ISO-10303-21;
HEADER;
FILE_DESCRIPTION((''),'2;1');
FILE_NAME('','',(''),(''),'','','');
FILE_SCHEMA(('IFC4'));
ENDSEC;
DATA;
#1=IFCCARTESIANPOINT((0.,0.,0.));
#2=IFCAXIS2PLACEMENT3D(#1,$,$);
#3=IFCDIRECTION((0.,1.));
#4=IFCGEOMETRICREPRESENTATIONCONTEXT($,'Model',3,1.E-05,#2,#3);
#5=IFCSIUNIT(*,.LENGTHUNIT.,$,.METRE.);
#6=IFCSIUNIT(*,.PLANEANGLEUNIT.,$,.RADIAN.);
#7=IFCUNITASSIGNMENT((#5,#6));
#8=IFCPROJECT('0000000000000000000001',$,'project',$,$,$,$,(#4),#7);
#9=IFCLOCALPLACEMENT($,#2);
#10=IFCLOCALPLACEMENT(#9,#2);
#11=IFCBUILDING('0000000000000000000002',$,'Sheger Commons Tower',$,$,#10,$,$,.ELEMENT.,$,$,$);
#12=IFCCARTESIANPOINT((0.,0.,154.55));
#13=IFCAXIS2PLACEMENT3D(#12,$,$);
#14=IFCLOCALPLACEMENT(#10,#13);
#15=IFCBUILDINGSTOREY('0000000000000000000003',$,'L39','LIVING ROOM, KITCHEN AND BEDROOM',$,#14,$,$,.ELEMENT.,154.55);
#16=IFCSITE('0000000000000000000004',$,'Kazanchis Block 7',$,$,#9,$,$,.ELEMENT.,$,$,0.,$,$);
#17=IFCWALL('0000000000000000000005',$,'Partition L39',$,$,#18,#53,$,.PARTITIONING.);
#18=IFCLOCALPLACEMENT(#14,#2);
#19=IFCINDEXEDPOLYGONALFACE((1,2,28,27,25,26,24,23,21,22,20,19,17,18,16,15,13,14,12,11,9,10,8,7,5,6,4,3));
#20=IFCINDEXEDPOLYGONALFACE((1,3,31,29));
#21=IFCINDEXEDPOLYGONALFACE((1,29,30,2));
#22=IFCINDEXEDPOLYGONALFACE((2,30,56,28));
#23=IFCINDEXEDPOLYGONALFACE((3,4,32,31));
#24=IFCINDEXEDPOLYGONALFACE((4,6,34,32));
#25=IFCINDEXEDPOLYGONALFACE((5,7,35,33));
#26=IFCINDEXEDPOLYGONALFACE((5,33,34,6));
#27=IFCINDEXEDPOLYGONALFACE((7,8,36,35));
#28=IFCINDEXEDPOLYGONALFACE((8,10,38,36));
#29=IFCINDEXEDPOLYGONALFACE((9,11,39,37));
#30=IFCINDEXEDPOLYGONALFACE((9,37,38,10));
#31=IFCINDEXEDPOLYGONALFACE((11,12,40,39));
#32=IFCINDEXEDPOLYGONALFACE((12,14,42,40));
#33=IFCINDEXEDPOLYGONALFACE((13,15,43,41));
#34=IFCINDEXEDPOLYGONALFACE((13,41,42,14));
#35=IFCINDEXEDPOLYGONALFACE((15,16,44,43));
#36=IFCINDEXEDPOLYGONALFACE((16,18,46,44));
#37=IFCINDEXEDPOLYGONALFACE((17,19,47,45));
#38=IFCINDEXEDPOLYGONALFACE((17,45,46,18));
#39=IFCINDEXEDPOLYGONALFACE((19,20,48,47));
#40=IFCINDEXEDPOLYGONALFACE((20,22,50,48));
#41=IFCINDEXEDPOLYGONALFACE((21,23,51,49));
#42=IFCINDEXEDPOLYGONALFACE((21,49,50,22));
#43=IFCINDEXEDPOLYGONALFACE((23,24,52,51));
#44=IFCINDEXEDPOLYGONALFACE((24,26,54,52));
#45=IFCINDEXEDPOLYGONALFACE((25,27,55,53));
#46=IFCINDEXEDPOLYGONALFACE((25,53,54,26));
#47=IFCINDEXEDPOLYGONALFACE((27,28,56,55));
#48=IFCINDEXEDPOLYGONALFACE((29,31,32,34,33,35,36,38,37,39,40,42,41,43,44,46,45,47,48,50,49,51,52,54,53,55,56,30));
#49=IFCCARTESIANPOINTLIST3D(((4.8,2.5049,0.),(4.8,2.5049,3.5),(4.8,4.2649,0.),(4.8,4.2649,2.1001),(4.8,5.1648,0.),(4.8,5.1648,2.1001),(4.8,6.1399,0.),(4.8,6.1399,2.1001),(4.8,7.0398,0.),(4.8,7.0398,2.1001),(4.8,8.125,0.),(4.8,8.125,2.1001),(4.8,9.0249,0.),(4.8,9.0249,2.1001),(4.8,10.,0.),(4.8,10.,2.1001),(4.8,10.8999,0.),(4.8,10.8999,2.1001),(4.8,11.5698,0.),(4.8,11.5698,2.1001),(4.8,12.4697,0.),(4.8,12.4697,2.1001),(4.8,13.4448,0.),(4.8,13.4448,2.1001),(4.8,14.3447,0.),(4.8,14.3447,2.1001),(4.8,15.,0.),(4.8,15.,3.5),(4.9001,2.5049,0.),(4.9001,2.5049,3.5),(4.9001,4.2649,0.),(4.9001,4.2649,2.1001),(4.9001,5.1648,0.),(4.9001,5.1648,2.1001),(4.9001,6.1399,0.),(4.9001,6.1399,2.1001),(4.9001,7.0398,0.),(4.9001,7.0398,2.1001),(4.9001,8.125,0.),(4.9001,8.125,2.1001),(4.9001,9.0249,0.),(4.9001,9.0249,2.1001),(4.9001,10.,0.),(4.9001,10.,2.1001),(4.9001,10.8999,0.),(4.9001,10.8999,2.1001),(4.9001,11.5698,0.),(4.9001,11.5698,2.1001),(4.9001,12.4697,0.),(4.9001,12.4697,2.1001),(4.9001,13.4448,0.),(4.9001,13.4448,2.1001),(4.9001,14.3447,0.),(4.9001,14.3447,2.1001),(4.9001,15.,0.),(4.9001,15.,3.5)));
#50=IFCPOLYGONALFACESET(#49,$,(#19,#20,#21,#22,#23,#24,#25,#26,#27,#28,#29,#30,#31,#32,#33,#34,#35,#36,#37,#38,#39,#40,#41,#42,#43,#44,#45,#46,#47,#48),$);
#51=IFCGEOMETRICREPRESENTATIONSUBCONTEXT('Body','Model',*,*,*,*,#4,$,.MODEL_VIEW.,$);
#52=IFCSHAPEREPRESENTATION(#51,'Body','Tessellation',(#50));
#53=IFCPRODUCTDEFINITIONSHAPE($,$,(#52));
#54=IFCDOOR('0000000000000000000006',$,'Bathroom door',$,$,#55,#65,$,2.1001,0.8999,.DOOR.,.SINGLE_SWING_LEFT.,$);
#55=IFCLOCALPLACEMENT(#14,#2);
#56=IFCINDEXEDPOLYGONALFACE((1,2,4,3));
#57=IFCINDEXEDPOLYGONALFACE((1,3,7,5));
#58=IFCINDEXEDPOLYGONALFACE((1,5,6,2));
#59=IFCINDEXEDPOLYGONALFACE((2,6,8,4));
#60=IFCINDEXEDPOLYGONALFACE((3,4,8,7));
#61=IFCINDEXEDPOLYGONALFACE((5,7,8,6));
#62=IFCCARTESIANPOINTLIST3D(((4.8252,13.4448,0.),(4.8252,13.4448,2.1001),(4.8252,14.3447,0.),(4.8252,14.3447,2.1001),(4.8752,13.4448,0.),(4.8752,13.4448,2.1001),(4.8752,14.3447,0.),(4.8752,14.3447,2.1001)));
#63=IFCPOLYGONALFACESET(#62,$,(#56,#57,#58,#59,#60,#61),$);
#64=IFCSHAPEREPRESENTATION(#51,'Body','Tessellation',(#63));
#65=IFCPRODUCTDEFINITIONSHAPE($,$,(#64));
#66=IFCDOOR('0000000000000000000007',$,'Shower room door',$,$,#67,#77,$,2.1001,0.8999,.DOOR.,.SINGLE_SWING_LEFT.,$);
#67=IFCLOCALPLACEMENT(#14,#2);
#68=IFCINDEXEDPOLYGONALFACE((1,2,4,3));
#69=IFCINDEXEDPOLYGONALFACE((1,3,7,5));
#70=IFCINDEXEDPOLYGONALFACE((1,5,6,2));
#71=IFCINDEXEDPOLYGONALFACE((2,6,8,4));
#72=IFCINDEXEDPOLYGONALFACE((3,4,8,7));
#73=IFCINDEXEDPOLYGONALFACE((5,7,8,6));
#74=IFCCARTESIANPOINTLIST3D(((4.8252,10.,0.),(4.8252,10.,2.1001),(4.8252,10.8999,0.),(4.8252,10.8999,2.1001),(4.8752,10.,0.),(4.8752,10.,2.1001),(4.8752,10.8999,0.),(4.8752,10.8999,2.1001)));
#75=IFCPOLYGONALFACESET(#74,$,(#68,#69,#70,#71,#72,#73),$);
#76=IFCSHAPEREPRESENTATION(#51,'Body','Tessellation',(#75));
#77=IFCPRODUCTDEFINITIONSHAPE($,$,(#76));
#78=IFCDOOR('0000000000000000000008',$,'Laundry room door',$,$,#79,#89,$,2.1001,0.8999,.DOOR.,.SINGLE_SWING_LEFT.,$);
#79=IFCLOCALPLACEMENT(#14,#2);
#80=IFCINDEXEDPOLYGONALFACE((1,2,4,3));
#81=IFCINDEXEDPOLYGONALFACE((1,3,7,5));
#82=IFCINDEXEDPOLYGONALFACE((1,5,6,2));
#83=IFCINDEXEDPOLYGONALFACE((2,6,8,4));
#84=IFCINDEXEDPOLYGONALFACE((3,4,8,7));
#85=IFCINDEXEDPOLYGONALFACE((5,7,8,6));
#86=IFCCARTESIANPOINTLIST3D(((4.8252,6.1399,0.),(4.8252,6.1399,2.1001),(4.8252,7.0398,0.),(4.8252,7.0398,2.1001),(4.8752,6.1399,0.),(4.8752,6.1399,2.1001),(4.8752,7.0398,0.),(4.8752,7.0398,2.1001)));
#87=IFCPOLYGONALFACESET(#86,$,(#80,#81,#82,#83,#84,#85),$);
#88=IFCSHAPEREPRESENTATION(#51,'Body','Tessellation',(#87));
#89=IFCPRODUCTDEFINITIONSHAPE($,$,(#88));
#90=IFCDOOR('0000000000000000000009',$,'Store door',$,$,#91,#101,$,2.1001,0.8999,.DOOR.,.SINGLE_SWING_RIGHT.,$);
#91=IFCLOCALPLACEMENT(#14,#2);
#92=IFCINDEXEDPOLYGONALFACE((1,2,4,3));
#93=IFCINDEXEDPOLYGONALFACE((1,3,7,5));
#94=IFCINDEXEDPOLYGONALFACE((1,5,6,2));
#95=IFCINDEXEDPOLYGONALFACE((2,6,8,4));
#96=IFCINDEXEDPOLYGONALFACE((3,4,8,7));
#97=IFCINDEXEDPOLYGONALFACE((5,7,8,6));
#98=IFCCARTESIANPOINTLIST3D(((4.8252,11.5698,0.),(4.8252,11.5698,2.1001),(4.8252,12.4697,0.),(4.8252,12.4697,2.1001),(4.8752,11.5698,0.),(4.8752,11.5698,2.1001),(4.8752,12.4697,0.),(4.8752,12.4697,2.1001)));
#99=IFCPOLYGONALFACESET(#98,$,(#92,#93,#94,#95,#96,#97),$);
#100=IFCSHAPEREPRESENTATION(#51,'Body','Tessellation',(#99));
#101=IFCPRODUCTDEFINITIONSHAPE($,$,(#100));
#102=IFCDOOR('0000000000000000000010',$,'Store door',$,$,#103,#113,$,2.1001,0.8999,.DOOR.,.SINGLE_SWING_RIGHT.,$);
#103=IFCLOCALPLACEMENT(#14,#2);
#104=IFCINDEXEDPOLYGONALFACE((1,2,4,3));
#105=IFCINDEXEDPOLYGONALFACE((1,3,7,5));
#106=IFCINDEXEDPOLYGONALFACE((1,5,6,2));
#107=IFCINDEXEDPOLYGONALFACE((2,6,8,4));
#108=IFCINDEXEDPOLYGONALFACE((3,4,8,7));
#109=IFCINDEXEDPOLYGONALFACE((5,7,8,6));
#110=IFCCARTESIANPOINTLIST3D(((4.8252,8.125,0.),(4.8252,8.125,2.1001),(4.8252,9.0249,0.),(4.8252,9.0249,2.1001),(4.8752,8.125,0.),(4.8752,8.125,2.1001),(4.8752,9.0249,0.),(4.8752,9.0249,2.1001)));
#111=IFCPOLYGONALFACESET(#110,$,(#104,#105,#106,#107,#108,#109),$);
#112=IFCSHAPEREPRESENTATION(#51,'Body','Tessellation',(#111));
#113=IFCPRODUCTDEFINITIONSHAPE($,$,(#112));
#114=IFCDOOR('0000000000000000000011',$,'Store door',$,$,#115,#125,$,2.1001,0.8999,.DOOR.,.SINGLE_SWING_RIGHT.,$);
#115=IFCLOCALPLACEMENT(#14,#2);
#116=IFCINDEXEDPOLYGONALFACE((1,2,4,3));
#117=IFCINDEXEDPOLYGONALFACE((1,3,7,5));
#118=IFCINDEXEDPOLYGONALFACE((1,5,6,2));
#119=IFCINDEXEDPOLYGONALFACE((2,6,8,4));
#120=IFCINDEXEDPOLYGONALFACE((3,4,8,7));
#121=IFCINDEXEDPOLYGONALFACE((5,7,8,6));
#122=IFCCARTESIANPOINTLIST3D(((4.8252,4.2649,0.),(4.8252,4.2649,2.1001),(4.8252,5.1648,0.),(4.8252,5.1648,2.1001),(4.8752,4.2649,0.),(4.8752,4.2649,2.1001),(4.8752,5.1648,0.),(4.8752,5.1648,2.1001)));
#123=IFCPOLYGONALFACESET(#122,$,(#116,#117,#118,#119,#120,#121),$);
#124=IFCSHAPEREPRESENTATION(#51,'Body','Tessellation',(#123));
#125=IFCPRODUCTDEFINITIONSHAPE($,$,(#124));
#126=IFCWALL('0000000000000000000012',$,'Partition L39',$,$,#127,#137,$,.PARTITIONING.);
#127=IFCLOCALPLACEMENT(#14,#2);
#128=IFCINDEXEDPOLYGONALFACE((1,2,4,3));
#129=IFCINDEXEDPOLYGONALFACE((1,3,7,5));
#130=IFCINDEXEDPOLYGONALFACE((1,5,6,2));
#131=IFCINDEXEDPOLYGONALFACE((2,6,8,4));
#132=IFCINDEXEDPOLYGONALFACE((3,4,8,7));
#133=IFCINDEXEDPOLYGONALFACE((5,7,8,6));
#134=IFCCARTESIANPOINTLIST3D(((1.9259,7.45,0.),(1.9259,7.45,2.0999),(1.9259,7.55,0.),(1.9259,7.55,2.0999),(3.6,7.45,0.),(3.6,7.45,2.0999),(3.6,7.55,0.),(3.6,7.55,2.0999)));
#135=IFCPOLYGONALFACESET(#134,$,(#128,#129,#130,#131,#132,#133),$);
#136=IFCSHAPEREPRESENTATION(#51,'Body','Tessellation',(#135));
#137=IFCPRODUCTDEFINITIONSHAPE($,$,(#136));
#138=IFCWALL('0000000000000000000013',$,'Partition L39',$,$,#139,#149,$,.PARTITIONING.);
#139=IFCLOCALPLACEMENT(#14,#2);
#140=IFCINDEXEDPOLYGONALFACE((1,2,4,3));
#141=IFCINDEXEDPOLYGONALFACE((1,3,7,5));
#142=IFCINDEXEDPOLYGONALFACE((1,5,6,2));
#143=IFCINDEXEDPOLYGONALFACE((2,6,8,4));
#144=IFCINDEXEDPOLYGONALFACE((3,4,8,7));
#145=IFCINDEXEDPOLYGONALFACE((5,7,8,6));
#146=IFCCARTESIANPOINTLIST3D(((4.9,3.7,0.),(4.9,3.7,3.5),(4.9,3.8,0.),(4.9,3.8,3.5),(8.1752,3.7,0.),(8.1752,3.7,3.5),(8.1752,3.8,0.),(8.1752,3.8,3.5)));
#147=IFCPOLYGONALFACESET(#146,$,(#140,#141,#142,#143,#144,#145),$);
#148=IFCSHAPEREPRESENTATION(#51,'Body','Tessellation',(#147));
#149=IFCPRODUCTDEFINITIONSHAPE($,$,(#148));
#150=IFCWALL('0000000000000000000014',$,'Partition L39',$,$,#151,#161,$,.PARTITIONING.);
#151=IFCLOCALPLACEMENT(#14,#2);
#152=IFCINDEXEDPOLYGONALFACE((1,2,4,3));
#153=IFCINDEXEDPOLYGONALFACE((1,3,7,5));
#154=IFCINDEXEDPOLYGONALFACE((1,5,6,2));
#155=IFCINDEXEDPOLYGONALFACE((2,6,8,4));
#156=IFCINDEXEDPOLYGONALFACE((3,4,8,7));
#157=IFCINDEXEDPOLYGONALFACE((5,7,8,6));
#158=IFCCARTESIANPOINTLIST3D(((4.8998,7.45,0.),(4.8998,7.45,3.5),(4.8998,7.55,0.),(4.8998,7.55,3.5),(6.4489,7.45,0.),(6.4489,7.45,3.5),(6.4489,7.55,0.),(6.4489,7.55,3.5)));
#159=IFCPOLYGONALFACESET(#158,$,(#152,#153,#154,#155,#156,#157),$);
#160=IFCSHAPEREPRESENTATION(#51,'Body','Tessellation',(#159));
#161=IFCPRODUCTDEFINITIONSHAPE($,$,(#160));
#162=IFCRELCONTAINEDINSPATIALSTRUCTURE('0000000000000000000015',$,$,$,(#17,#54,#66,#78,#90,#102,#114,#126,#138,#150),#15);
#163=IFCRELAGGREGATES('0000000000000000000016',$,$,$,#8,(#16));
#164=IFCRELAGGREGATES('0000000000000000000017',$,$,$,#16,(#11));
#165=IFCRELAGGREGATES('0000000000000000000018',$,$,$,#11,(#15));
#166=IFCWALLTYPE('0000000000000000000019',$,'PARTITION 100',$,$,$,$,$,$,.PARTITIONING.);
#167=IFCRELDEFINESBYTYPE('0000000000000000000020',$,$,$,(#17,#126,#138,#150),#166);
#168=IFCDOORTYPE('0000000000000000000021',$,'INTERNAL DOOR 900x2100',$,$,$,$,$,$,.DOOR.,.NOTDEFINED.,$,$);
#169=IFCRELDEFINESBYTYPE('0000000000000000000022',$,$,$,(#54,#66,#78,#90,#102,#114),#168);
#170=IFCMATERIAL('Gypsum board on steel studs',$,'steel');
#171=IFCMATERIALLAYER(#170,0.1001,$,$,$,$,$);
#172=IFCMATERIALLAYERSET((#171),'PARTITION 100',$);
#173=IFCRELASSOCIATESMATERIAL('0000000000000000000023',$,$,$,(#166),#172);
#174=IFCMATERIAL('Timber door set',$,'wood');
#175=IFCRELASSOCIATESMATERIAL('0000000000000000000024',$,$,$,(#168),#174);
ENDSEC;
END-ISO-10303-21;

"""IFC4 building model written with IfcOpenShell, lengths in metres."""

from ifc_helpers import new_model, si_unit, direction, frame, frame_2d, origin, place, context, subcontext, project, spatial, rectangle, extrude, material, layer, layer_set, type_object, element, fill, save


model = new_model("IFC4")

# Units and contexts
model_context = context("Model", 3, precision=1e-05, world=origin(), true_north=direction((0.0, 1.0)))
body_context = subcontext(model_context, "Body", "Model", "MODEL_VIEW")
ifc_project = project(units=[si_unit("LENGTHUNIT", "METRE"), si_unit("PLANEANGLEUNIT", "RADIAN")], contexts=[model_context])

# Site, building, storey
site_placement = place(None, origin())
site = spatial("IfcSite", under=ifc_project, at=site_placement, Name="Kazanchis Block 7", CompositionType="ELEMENT", RefElevation=0.0)
building_placement = place(site_placement, origin())
building = spatial("IfcBuilding", under=site, at=building_placement, Name="Sheger Commons Tower", CompositionType="ELEMENT")
storey_placement = place(building_placement, frame((0.0, 0.0, 154.55)))
storey = spatial("IfcBuildingStorey", under=building, at=storey_placement, Name="L39", Description="LIVING ROOM, KITCHEN AND BEDROOM", CompositionType="ELEMENT", Elevation=154.55)

# Wall, openings, doors
ifc_material_1 = material(Name="Gypsum board on steel studs", Category="steel")
ifc_layer = layer(ifc_material_1, 0.1001)
ifc_layer_set = layer_set([ifc_layer], Name="PARTITION 100")
wall_type = type_object("IfcWallType", Name="PARTITION 100", PredefinedType="PARTITIONING", material=ifc_layer_set)
ifc_material_2 = material(Name="Timber door set", Category="wood")
door_type = type_object("IfcDoorType", Name="INTERNAL DOOR 900x2100", OperationType="NOTDEFINED", PredefinedType="DOOR", material=ifc_material_2)
wall_1_placement = place(storey_placement, frame((4.8501, 2.5049, 0.0), z_axis=(0.0, 0.0, 1.0), x_axis=(0.0, 1.0, 0.0)))
wall_1 = element("IfcWall", 1, at=wall_1_placement, inside=storey, type_object=wall_type, Name="Partition L39", PredefinedType="PARTITIONING", context=body_context, shape_type="SweptSolid", body=[
    extrude(rectangle(XDim=12.4951, YDim=0.1001, at=frame_2d((6.2476, 0.0))), origin(), (0.0, 0.0, 1.0), 3.5),
])
opening_1_placement = place(wall_1_placement, frame((10.9399, 0.0, 0.0)))
opening_1 = element("IfcOpeningElement", 2, at=opening_1_placement, cuts=wall_1, PredefinedType="OPENING", context=body_context, shape_type="SweptSolid", body=[
    extrude(rectangle(XDim=0.8999, YDim=2.1001, at=frame_2d((0.45, 1.05))), frame((0.0, 0.0601, 0.0), z_axis=(0.0, -1.0, 0.0), x_axis=(1.0, 0.0, 0.0)), (0.0, 0.0, 1.0), 0.1201),
])
opening_2_placement = place(wall_1_placement, frame((7.4951, 0.0, 0.0)))
opening_2 = element("IfcOpeningElement", 3, at=opening_2_placement, cuts=wall_1, PredefinedType="OPENING", context=body_context, shape_type="SweptSolid", body=[
    extrude(rectangle(XDim=0.8999, YDim=2.1001, at=frame_2d((0.45, 1.05))), frame((0.0, 0.0601, 0.0), z_axis=(0.0, -1.0, 0.0), x_axis=(1.0, 0.0, 0.0)), (0.0, 0.0, 1.0), 0.1201),
])
opening_3_placement = place(wall_1_placement, frame((3.635, 0.0, 0.0)))
opening_3 = element("IfcOpeningElement", 4, at=opening_3_placement, cuts=wall_1, PredefinedType="OPENING", context=body_context, shape_type="SweptSolid", body=[
    extrude(rectangle(XDim=0.8999, YDim=2.1001, at=frame_2d((0.45, 1.05))), frame((0.0, 0.0601, 0.0), z_axis=(0.0, -1.0, 0.0), x_axis=(1.0, 0.0, 0.0)), (0.0, 0.0, 1.0), 0.1201),
])
opening_4_placement = place(wall_1_placement, frame((9.0649, 0.0, 0.0)))
opening_4 = element("IfcOpeningElement", 5, at=opening_4_placement, cuts=wall_1, PredefinedType="OPENING", context=body_context, shape_type="SweptSolid", body=[
    extrude(rectangle(XDim=0.8999, YDim=2.1001, at=frame_2d((0.45, 1.05))), frame((0.0, 0.0601, 0.0), z_axis=(0.0, -1.0, 0.0), x_axis=(1.0, 0.0, 0.0)), (0.0, 0.0, 1.0), 0.1201),
])
opening_5_placement = place(wall_1_placement, frame((5.6201, 0.0, 0.0)))
opening_5 = element("IfcOpeningElement", 6, at=opening_5_placement, cuts=wall_1, PredefinedType="OPENING", context=body_context, shape_type="SweptSolid", body=[
    extrude(rectangle(XDim=0.8999, YDim=2.1001, at=frame_2d((0.45, 1.05))), frame((0.0, 0.0601, 0.0), z_axis=(0.0, -1.0, 0.0), x_axis=(1.0, 0.0, 0.0)), (0.0, 0.0, 1.0), 0.1201),
])
opening_6_placement = place(wall_1_placement, frame((1.76, 0.0, 0.0)))
opening_6 = element("IfcOpeningElement", 7, at=opening_6_placement, cuts=wall_1, PredefinedType="OPENING", context=body_context, shape_type="SweptSolid", body=[
    extrude(rectangle(XDim=0.8999, YDim=2.1001, at=frame_2d((0.45, 1.05))), frame((0.0, 0.0601, 0.0), z_axis=(0.0, -1.0, 0.0), x_axis=(1.0, 0.0, 0.0)), (0.0, 0.0, 1.0), 0.1201),
])
door_1_placement = place(opening_1_placement, origin())
door_1 = element("IfcDoor", 8, at=door_1_placement, inside=storey, type_object=door_type, Name="Bathroom door", OperationType="SINGLE_SWING_LEFT", OverallHeight=2.1001, OverallWidth=0.8999, PredefinedType="DOOR", context=body_context, shape_type="SweptSolid", body=[
    extrude(rectangle(XDim=0.8999, YDim=2.1001, at=frame_2d((0.45, 1.05))), frame((0.0, 0.0249, 0.0), z_axis=(0.0, -1.0, 0.0), x_axis=(1.0, 0.0, 0.0)), (0.0, 0.0, 1.0), 0.05),
])
fill(opening_1, door_1)
door_2_placement = place(opening_2_placement, origin())
door_2 = element("IfcDoor", 9, at=door_2_placement, inside=storey, type_object=door_type, Name="Shower room door", OperationType="SINGLE_SWING_LEFT", OverallHeight=2.1001, OverallWidth=0.8999, PredefinedType="DOOR", context=body_context, shape_type="SweptSolid", body=[
    extrude(rectangle(XDim=0.8999, YDim=2.1001, at=frame_2d((0.45, 1.05))), frame((0.0, 0.0249, 0.0), z_axis=(0.0, -1.0, 0.0), x_axis=(1.0, 0.0, 0.0)), (0.0, 0.0, 1.0), 0.05),
])
fill(opening_2, door_2)
door_3_placement = place(opening_3_placement, origin())
door_3 = element("IfcDoor", 10, at=door_3_placement, inside=storey, type_object=door_type, Name="Laundry room door", OperationType="SINGLE_SWING_LEFT", OverallHeight=2.1001, OverallWidth=0.8999, PredefinedType="DOOR", context=body_context, shape_type="SweptSolid", body=[
    extrude(rectangle(XDim=0.8999, YDim=2.1001, at=frame_2d((0.45, 1.05))), frame((0.0, 0.0249, 0.0), z_axis=(0.0, -1.0, 0.0), x_axis=(1.0, 0.0, 0.0)), (0.0, 0.0, 1.0), 0.05),
])
fill(opening_3, door_3)
door_4_placement = place(opening_4_placement, origin())
door_4 = element("IfcDoor", 11, at=door_4_placement, inside=storey, type_object=door_type, Name="Store door", OperationType="SINGLE_SWING_RIGHT", OverallHeight=2.1001, OverallWidth=0.8999, PredefinedType="DOOR", context=body_context, shape_type="SweptSolid", body=[
    extrude(rectangle(XDim=0.8999, YDim=2.1001, at=frame_2d((0.45, 1.05))), frame((0.0, 0.0249, 0.0), z_axis=(0.0, -1.0, 0.0), x_axis=(1.0, 0.0, 0.0)), (0.0, 0.0, 1.0), 0.05),
])
fill(opening_4, door_4)
door_5_placement = place(opening_5_placement, origin())
door_5 = element("IfcDoor", 12, at=door_5_placement, inside=storey, type_object=door_type, Name="Store door", OperationType="SINGLE_SWING_RIGHT", OverallHeight=2.1001, OverallWidth=0.8999, PredefinedType="DOOR", context=body_context, shape_type="SweptSolid", body=[
    extrude(rectangle(XDim=0.8999, YDim=2.1001, at=frame_2d((0.45, 1.05))), frame((0.0, 0.0249, 0.0), z_axis=(0.0, -1.0, 0.0), x_axis=(1.0, 0.0, 0.0)), (0.0, 0.0, 1.0), 0.05),
])
fill(opening_5, door_5)
door_6_placement = place(opening_6_placement, origin())
door_6 = element("IfcDoor", 13, at=door_6_placement, inside=storey, type_object=door_type, Name="Store door", OperationType="SINGLE_SWING_RIGHT", OverallHeight=2.1001, OverallWidth=0.8999, PredefinedType="DOOR", context=body_context, shape_type="SweptSolid", body=[
    extrude(rectangle(XDim=0.8999, YDim=2.1001, at=frame_2d((0.45, 1.05))), frame((0.0, 0.0249, 0.0), z_axis=(0.0, -1.0, 0.0), x_axis=(1.0, 0.0, 0.0)), (0.0, 0.0, 1.0), 0.05),
])
fill(opening_6, door_6)

# Walls
wall_2_placement = place(storey_placement, frame((1.926, 7.5, 0.0), z_axis=(0.0, 0.0, 1.0), x_axis=(1.0, 0.0, 0.0)))
element("IfcWall", 14, at=wall_2_placement, inside=storey, type_object=wall_type, Name="Partition L39", PredefinedType="PARTITIONING", context=body_context, shape_type="SweptSolid", body=[
    extrude(rectangle(XDim=1.6741, YDim=0.1001, at=frame_2d((0.8369, 0.0))), origin(), (0.0, 0.0, 1.0), 2.0999),
])
wall_3_placement = place(storey_placement, frame((4.8999, 3.75, 0.0), z_axis=(0.0, 0.0, 1.0), x_axis=(1.0, 0.0, 0.0)))
element("IfcWall", 15, at=wall_3_placement, inside=storey, type_object=wall_type, Name="Partition L39", PredefinedType="PARTITIONING", context=body_context, shape_type="SweptSolid", body=[
    extrude(rectangle(XDim=3.2751, YDim=0.1001, at=frame_2d((1.6377, 0.0))), origin(), (0.0, 0.0, 1.0), 3.5),
])
wall_4_placement = place(storey_placement, frame((4.8999, 7.5, 0.0), z_axis=(0.0, 0.0, 1.0), x_axis=(1.0, 0.0, 0.0)))
element("IfcWall", 16, at=wall_4_placement, inside=storey, type_object=wall_type, Name="Partition L39", PredefinedType="PARTITIONING", context=body_context, shape_type="SweptSolid", body=[
    extrude(rectangle(XDim=1.5491, YDim=0.1001, at=frame_2d((0.7744, 0.0))), origin(), (0.0, 0.0, 1.0), 3.5),
])

save(model, "model.ifc")
